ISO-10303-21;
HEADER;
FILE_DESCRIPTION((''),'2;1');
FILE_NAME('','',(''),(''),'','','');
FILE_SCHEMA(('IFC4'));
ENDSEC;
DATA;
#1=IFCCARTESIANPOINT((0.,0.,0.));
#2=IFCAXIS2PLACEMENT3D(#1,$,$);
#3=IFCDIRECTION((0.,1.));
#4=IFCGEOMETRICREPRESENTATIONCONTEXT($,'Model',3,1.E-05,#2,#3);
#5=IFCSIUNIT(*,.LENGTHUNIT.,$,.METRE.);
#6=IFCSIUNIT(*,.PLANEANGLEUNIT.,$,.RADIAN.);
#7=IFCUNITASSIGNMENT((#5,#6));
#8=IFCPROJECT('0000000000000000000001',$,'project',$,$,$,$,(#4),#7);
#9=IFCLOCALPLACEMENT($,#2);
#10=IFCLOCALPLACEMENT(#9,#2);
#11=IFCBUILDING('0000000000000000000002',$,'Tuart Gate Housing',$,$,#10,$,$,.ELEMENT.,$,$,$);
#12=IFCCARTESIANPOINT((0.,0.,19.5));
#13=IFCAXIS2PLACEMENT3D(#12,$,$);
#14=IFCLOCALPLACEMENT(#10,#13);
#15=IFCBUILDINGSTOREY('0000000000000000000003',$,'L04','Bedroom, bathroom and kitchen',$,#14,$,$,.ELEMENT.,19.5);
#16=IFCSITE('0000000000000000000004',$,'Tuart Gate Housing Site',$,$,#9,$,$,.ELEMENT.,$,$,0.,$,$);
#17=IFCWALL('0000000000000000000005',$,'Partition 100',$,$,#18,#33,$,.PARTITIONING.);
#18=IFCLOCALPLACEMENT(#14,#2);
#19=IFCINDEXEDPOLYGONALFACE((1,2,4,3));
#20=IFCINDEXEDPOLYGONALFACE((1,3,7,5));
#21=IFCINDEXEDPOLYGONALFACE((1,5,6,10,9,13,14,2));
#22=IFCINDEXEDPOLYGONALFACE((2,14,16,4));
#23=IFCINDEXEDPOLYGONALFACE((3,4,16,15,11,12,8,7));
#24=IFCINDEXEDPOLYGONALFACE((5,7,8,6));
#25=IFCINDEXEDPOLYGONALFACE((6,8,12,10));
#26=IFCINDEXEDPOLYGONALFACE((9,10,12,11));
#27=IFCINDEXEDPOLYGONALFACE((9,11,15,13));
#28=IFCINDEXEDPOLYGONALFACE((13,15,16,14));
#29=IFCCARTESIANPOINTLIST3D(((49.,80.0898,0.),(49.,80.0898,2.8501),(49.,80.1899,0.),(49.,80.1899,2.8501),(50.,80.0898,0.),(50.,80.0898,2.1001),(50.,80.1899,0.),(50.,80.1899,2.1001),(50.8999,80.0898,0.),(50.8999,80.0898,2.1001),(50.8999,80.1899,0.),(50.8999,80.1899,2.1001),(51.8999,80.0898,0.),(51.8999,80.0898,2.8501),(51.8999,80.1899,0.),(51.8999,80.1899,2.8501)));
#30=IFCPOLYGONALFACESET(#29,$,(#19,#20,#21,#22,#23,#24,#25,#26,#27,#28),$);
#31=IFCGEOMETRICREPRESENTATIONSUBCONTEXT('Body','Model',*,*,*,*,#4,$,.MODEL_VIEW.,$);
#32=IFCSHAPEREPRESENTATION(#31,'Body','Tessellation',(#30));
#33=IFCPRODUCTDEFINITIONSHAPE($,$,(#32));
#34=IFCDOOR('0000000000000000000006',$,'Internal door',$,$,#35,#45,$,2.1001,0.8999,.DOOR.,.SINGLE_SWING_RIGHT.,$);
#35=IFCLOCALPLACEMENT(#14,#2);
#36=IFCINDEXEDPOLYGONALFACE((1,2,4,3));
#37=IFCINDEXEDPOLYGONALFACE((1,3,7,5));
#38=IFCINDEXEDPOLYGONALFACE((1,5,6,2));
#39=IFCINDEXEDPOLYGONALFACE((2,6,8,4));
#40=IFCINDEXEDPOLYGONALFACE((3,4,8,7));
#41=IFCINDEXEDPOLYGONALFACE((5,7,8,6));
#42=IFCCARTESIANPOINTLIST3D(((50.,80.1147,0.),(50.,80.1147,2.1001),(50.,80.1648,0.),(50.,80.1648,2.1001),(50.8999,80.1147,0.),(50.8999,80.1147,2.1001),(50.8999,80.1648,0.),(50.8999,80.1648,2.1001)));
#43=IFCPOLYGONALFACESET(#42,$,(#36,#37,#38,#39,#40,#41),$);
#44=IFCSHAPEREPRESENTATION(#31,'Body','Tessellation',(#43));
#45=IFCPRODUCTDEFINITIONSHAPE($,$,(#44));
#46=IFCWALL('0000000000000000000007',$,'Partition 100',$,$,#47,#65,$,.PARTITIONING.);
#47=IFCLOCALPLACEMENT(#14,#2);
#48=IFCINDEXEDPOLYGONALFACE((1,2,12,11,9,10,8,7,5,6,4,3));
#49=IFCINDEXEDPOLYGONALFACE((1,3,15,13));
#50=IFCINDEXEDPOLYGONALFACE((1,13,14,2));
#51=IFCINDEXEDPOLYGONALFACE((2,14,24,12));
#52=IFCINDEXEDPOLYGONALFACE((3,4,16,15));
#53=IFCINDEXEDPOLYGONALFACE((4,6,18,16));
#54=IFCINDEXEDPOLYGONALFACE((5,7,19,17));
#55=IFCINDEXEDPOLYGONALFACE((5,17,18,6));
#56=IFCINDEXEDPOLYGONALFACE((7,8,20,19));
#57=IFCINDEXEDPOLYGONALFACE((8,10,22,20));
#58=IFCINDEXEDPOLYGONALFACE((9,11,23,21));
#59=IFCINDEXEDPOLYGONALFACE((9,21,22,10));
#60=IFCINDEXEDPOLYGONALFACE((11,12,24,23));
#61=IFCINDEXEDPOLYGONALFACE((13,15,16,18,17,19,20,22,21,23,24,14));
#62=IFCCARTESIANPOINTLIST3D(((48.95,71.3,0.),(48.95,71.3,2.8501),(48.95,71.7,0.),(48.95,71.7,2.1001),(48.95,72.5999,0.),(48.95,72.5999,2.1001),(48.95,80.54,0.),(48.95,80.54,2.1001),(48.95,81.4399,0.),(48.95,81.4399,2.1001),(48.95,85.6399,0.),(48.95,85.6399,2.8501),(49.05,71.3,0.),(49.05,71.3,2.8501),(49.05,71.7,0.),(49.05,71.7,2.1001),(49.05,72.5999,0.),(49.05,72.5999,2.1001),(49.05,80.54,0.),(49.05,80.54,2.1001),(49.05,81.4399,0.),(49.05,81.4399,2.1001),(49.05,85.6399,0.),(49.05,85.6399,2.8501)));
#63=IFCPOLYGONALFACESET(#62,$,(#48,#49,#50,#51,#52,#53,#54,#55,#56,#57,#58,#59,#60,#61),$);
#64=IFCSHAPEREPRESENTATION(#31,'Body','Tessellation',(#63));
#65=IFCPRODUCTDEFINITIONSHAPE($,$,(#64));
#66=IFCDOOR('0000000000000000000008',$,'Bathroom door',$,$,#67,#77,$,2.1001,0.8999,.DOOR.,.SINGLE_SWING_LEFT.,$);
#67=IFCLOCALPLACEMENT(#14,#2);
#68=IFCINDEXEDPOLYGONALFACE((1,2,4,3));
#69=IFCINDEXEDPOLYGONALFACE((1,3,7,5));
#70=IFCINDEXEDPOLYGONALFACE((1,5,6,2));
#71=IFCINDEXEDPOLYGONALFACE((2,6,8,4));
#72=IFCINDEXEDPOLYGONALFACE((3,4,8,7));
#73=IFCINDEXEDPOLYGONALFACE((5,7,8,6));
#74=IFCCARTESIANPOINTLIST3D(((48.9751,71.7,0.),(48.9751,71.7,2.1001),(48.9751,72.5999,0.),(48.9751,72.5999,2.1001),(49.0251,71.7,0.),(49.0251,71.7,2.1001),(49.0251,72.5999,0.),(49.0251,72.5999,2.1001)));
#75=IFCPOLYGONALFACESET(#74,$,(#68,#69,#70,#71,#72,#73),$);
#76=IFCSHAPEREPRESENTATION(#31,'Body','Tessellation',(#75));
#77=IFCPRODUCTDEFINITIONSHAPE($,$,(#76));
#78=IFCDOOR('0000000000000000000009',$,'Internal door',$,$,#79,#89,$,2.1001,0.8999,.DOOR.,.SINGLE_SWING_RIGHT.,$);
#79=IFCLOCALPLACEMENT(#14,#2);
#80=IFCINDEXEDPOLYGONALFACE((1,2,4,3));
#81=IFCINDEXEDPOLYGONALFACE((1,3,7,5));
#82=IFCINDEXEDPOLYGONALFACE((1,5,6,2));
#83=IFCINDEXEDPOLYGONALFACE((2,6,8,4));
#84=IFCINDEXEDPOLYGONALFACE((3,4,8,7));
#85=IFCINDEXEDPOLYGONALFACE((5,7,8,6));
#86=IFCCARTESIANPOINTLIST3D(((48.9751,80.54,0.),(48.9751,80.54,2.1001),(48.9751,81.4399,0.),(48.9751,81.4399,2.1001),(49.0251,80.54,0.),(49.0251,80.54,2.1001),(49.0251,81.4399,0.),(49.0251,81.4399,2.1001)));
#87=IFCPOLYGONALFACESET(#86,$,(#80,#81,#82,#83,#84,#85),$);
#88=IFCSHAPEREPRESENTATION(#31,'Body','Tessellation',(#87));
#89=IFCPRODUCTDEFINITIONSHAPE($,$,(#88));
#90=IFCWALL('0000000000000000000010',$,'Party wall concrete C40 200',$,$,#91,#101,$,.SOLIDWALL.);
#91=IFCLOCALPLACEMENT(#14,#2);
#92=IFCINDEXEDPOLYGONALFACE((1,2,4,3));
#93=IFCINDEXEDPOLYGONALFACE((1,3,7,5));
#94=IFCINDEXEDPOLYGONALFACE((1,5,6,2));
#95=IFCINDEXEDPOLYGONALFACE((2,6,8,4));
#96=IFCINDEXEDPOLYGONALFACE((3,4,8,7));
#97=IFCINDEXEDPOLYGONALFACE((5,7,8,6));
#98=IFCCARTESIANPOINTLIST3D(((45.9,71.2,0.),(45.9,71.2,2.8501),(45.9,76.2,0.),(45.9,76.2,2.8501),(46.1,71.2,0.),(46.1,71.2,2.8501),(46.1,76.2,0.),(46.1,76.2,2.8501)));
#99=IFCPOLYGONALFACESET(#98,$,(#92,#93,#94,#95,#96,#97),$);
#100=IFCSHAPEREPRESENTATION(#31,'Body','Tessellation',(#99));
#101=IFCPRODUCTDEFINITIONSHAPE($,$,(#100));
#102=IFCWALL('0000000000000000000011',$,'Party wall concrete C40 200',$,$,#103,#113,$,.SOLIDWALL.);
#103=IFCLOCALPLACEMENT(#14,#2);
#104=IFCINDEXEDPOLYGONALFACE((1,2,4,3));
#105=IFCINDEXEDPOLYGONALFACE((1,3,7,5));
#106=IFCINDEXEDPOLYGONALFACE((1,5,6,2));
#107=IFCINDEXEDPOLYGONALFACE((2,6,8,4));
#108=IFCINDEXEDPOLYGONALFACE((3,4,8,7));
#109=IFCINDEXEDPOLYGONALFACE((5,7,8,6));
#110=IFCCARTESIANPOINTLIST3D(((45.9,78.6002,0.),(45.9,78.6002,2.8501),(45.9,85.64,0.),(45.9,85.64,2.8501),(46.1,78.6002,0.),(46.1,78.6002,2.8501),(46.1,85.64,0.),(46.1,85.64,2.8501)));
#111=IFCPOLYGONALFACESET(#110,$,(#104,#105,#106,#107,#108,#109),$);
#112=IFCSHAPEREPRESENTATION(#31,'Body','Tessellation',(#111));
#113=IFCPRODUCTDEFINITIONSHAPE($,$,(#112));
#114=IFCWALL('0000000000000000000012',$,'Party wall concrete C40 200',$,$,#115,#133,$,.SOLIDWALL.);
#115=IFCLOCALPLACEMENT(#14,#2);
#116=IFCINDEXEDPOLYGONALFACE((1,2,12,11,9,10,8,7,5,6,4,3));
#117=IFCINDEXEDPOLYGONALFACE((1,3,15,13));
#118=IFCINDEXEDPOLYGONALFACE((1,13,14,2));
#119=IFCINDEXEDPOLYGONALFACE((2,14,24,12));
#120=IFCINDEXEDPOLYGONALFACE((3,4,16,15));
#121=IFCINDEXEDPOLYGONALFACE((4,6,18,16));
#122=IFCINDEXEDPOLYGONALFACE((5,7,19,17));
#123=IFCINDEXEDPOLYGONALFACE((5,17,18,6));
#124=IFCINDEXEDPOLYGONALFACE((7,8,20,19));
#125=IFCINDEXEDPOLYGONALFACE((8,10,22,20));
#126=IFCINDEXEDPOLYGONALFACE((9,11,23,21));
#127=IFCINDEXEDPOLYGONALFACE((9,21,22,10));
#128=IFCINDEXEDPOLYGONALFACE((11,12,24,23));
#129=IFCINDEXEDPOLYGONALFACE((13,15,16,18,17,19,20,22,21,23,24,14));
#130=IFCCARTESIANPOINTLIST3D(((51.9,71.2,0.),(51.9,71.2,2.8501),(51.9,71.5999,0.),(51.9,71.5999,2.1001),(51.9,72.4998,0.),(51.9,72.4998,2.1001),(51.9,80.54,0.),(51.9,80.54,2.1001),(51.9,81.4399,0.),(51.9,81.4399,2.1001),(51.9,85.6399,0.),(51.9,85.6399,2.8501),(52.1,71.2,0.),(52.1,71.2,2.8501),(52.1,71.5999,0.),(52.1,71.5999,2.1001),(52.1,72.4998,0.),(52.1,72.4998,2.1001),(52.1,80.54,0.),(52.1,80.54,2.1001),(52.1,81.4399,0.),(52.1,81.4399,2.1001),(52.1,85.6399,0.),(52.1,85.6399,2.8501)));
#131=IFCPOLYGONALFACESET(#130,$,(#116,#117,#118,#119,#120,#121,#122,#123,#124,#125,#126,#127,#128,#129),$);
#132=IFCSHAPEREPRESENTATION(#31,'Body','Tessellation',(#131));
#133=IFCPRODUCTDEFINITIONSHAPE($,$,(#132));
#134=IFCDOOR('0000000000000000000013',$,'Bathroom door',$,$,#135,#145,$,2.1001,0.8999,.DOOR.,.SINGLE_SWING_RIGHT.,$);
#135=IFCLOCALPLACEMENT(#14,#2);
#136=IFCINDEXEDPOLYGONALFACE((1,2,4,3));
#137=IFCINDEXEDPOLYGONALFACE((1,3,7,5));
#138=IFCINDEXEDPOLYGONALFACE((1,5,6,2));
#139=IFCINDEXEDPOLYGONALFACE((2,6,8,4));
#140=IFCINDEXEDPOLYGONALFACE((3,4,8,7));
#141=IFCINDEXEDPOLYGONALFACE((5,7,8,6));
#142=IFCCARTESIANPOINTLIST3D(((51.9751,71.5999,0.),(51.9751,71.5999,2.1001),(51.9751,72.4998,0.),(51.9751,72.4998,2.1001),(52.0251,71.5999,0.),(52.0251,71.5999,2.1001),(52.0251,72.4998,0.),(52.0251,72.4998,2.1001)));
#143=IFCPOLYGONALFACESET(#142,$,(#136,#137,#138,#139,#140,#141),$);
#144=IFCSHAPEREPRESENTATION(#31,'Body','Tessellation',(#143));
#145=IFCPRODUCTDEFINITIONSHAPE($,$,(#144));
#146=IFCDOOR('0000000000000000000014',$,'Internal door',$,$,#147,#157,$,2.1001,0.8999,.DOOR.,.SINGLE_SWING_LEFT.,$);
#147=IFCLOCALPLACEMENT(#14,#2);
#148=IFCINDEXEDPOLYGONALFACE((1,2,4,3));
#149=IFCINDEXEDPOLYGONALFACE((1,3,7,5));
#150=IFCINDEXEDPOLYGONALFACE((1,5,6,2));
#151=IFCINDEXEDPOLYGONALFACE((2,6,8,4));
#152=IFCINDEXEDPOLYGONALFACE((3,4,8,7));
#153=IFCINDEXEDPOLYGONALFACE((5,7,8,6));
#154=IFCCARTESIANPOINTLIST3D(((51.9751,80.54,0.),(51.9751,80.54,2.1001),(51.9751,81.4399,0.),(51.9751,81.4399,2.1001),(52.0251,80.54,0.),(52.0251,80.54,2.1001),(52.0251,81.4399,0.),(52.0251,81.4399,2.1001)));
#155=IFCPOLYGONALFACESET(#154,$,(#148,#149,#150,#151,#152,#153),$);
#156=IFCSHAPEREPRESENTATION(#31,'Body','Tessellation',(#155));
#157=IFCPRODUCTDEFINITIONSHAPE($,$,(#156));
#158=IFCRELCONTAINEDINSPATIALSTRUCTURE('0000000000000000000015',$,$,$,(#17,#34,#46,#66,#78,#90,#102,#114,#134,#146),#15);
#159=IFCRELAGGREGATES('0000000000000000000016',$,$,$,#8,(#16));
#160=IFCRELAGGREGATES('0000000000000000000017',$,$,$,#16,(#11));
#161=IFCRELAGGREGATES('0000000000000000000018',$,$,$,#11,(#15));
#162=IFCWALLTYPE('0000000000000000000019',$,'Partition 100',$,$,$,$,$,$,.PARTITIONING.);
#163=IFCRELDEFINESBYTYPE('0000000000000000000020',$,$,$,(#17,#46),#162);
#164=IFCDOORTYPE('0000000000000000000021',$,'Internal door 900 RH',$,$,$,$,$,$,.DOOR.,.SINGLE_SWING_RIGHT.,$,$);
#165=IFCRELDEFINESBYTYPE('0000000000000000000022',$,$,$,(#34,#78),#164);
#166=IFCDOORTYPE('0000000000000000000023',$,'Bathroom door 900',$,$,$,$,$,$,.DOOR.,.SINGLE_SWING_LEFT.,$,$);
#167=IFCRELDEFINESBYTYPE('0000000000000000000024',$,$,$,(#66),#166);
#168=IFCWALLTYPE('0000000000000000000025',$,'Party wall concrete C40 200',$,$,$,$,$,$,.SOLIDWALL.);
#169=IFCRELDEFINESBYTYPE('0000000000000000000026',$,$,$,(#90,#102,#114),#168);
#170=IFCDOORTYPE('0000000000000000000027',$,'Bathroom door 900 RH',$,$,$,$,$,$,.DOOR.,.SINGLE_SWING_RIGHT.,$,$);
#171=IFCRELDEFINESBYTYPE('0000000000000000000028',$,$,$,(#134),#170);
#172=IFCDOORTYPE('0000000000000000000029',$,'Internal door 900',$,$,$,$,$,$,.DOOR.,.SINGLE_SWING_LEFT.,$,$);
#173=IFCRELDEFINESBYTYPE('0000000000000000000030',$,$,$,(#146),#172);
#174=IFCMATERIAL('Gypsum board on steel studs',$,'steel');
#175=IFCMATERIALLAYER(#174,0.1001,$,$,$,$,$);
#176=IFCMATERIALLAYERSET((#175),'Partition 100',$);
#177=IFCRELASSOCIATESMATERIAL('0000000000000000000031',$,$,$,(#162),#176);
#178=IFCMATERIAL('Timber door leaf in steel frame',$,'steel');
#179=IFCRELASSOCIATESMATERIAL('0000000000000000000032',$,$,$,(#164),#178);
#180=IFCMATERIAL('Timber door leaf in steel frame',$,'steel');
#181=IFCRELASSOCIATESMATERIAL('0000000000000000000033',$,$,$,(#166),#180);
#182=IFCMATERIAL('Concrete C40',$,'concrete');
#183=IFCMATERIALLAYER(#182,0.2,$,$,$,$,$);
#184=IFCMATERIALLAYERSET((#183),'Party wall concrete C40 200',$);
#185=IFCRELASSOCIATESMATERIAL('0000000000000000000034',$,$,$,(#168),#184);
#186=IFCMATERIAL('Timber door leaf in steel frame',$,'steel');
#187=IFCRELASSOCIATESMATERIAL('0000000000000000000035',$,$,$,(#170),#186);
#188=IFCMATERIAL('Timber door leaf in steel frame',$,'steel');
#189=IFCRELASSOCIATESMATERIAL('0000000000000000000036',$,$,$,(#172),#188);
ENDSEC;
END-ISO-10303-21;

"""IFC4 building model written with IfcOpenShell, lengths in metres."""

from ifc_helpers import new_model, si_unit, direction, frame, frame_2d, origin, place, context, subcontext, project, spatial, rectangle, extrude, material, layer, layer_set, type_object, element, fill, save


model = new_model("IFC4")

# Units and contexts
model_context = context("Model", 3, precision=1e-05, world=origin(), true_north=direction((0.0, 1.0)))
body_context = subcontext(model_context, "Body", "Model", "MODEL_VIEW")
ifc_project = project(units=[si_unit("LENGTHUNIT", "METRE"), si_unit("PLANEANGLEUNIT", "RADIAN")], contexts=[model_context])

# Site, building, storey
site_placement = place(None, origin())
site = spatial("IfcSite", under=ifc_project, at=site_placement, Name="Tuart Gate Housing Site", CompositionType="ELEMENT", RefElevation=0.0)
building_placement = place(site_placement, origin())
building = spatial("IfcBuilding", under=site, at=building_placement, Name="Tuart Gate Housing", CompositionType="ELEMENT")
storey_placement = place(building_placement, frame((0.0, 0.0, 19.5)))
storey = spatial("IfcBuildingStorey", under=building, at=storey_placement, Name="L04", Description="Bedroom, bathroom and kitchen", CompositionType="ELEMENT", Elevation=19.5)

# Shared definitions
ifc_material_1 = material(Name="Gypsum board on steel studs", Category="steel")
ifc_layer_1 = layer(ifc_material_1, 0.1001)
ifc_layer_set_1 = layer_set([ifc_layer_1], Name="Partition 100")
wall_type_1 = type_object("IfcWallType", Name="Partition 100", PredefinedType="PARTITIONING", material=ifc_layer_set_1)

# Wall, opening, door
wall_1_placement = place(storey_placement, frame((49.0, 80.1399, 0.0), z_axis=(0.0, 0.0, 1.0), x_axis=(1.0, 0.0, 0.0)))
wall_1 = element("IfcWall", 1, at=wall_1_placement, inside=storey, type_object=wall_type_1, Name="Partition 100", PredefinedType="PARTITIONING", context=body_context, shape_type="SweptSolid", body=[
    extrude(rectangle(XDim=2.8999, YDim=0.1001, at=frame_2d((1.45, 0.0))), origin(), (0.0, 0.0, 1.0), 2.8501),
])
opening_1_placement = place(wall_1_placement, frame((1.0, 0.0, 0.0)))
opening_1 = element("IfcOpeningElement", 2, at=opening_1_placement, cuts=wall_1, PredefinedType="OPENING", context=body_context, shape_type="SweptSolid", body=[
    extrude(rectangle(XDim=0.8999, YDim=2.1001, at=frame_2d((0.45, 1.05))), frame((0.0, 0.0601, 0.0), z_axis=(0.0, -1.0, 0.0), x_axis=(1.0, 0.0, 0.0)), (0.0, 0.0, 1.0), 0.1201),
])
ifc_material_2 = material(Name="Timber door leaf in steel frame", Category="steel")
door_type_1 = type_object("IfcDoorType", Name="Internal door 900 RH", OperationType="SINGLE_SWING_RIGHT", PredefinedType="DOOR", material=ifc_material_2)
door_1_placement = place(opening_1_placement, frame((0.8999, 0.0, 0.0), z_axis=(0.0, 0.0, 1.0), x_axis=(-1.0, 0.0, 0.0)))
door_1 = element("IfcDoor", 3, at=door_1_placement, inside=storey, type_object=door_type_1, Name="Internal door", OperationType="SINGLE_SWING_RIGHT", OverallHeight=2.1001, OverallWidth=0.8999, PredefinedType="DOOR", context=body_context, shape_type="SweptSolid", body=[
    extrude(rectangle(XDim=0.8999, YDim=2.1001, at=frame_2d((0.45, 1.05))), frame((0.0, 0.0251, 0.0), z_axis=(0.0, -1.0, 0.0), x_axis=(1.0, 0.0, 0.0)), (0.0, 0.0, 1.0), 0.05),
])
fill(opening_1, door_1)

# Wall, openings, doors
wall_2_placement = place(storey_placement, frame((49.0, 71.3, 0.0), z_axis=(0.0, 0.0, 1.0), x_axis=(0.0, 1.0, 0.0)))
wall_2 = element("IfcWall", 4, at=wall_2_placement, inside=storey, type_object=wall_type_1, Name="Partition 100", PredefinedType="PARTITIONING", context=body_context, shape_type="SweptSolid", body=[
    extrude(rectangle(XDim=14.3398, YDim=0.1001, at=frame_2d((7.1699, 0.0))), origin(), (0.0, 0.0, 1.0), 2.8501),
])
opening_2_placement = place(wall_2_placement, frame((9.24, 0.0, 0.0)))
opening_2 = element("IfcOpeningElement", 5, at=opening_2_placement, cuts=wall_2, PredefinedType="OPENING", context=body_context, shape_type="SweptSolid", body=[
    extrude(rectangle(XDim=0.8999, YDim=2.1001, at=frame_2d((0.45, 1.05))), frame((0.0, 0.0601, 0.0), z_axis=(0.0, -1.0, 0.0), x_axis=(1.0, 0.0, 0.0)), (0.0, 0.0, 1.0), 0.1201),
])
opening_3_placement = place(wall_2_placement, frame((0.3999, 0.0, 0.0)))
opening_3 = element("IfcOpeningElement", 6, at=opening_3_placement, cuts=wall_2, PredefinedType="OPENING", context=body_context, shape_type="SweptSolid", body=[
    extrude(rectangle(XDim=0.8999, YDim=2.1001, at=frame_2d((0.45, 1.05))), frame((0.0, 0.0601, 0.0), z_axis=(0.0, -1.0, 0.0), x_axis=(1.0, 0.0, 0.0)), (0.0, 0.0, 1.0), 0.1201),
])
ifc_material_3 = material(Name="Timber door leaf in steel frame", Category="steel")
door_type_2 = type_object("IfcDoorType", Name="Bathroom door 900", OperationType="SINGLE_SWING_LEFT", PredefinedType="DOOR", material=ifc_material_3)
door_2_placement = place(opening_3_placement, origin())
door_2 = element("IfcDoor", 7, at=door_2_placement, inside=storey, type_object=door_type_2, Name="Bathroom door", OperationType="SINGLE_SWING_LEFT", OverallHeight=2.1001, OverallWidth=0.8999, PredefinedType="DOOR", context=body_context, shape_type="SweptSolid", body=[
    extrude(rectangle(XDim=0.8999, YDim=2.1001, at=frame_2d((0.45, 1.05))), frame((0.0, 0.0249, 0.0), z_axis=(0.0, -1.0, 0.0), x_axis=(1.0, 0.0, 0.0)), (0.0, 0.0, 1.0), 0.05),
])
fill(opening_3, door_2)
door_3_placement = place(opening_2_placement, origin())
door_3 = element("IfcDoor", 8, at=door_3_placement, inside=storey, type_object=door_type_1, Name="Internal door", OperationType="SINGLE_SWING_RIGHT", OverallHeight=2.1001, OverallWidth=0.8999, PredefinedType="DOOR", context=body_context, shape_type="SweptSolid", body=[
    extrude(rectangle(XDim=0.8999, YDim=2.1001, at=frame_2d((0.45, 1.05))), frame((0.0, 0.0249, 0.0), z_axis=(0.0, -1.0, 0.0), x_axis=(1.0, 0.0, 0.0)), (0.0, 0.0, 1.0), 0.05),
])
fill(opening_2, door_3)

# Walls
ifc_material_4 = material(Name="Concrete C40", Category="concrete")
ifc_layer_2 = layer(ifc_material_4, 0.2)
ifc_layer_set_2 = layer_set([ifc_layer_2], Name="Party wall concrete C40 200")
wall_type_2 = type_object("IfcWallType", Name="Party wall concrete C40 200", PredefinedType="SOLIDWALL", material=ifc_layer_set_2)
wall_3_placement = place(storey_placement, frame((46.0, 71.2, 0.0), z_axis=(0.0, 0.0, 1.0), x_axis=(0.0, 1.0, 0.0)))
element("IfcWall", 9, at=wall_3_placement, inside=storey, type_object=wall_type_2, Name="Party wall concrete C40 200", PredefinedType="SOLIDWALL", context=body_context, shape_type="SweptSolid", body=[
    extrude(rectangle(XDim=5.0, YDim=0.2, at=frame_2d((2.5, 0.0))), origin(), (0.0, 0.0, 1.0), 2.8501),
])
wall_4_placement = place(storey_placement, frame((46.0, 78.6001, 0.0), z_axis=(0.0, 0.0, 1.0), x_axis=(0.0, 1.0, 0.0)))
element("IfcWall", 10, at=wall_4_placement, inside=storey, type_object=wall_type_2, Name="Party wall concrete C40 200", PredefinedType="SOLIDWALL", context=body_context, shape_type="SweptSolid", body=[
    extrude(rectangle(XDim=7.0398, YDim=0.2, at=frame_2d((3.52, 0.0))), origin(), (0.0, 0.0, 1.0), 2.8501),
])

# Wall, openings, doors
wall_5_placement = place(storey_placement, frame((52.0, 71.2, 0.0), z_axis=(0.0, 0.0, 1.0), x_axis=(0.0, 1.0, 0.0)))
wall_5 = element("IfcWall", 11, at=wall_5_placement, inside=storey, type_object=wall_type_2, Name="Party wall concrete C40 200", PredefinedType="SOLIDWALL", context=body_context, shape_type="SweptSolid", body=[
    extrude(rectangle(XDim=14.4399, YDim=0.2, at=frame_2d((7.22, 0.0))), origin(), (0.0, 0.0, 1.0), 2.8501),
])
opening_4_placement = place(wall_5_placement, frame((9.3401, 0.0, 0.0)))
opening_4 = element("IfcOpeningElement", 12, at=opening_4_placement, cuts=wall_5, PredefinedType="OPENING", context=body_context, shape_type="SweptSolid", body=[
    extrude(rectangle(XDim=0.8999, YDim=2.1001, at=frame_2d((0.45, 1.05))), frame((0.0, 0.1099, 0.0), z_axis=(0.0, -1.0, 0.0), x_axis=(1.0, 0.0, 0.0)), (0.0, 0.0, 1.0), 0.22),
])
opening_5_placement = place(wall_5_placement, frame((0.3999, 0.0, 0.0)))
opening_5 = element("IfcOpeningElement", 13, at=opening_5_placement, cuts=wall_5, PredefinedType="OPENING", context=body_context, shape_type="SweptSolid", body=[
    extrude(rectangle(XDim=0.8999, YDim=2.1001, at=frame_2d((0.45, 1.05))), frame((0.0, 0.1099, 0.0), z_axis=(0.0, -1.0, 0.0), x_axis=(1.0, 0.0, 0.0)), (0.0, 0.0, 1.0), 0.22),
])
ifc_material_5 = material(Name="Timber door leaf in steel frame", Category="steel")
door_type_3 = type_object("IfcDoorType", Name="Bathroom door 900 RH", OperationType="SINGLE_SWING_RIGHT", PredefinedType="DOOR", material=ifc_material_5)
door_4_placement = place(opening_5_placement, frame((0.8999, 0.0, 0.0), z_axis=(0.0, 0.0, 1.0), x_axis=(-1.0, 0.0, 0.0)))
door_4 = element("IfcDoor", 14, at=door_4_placement, inside=storey, type_object=door_type_3, Name="Bathroom door", OperationType="SINGLE_SWING_RIGHT", OverallHeight=2.1001, OverallWidth=0.8999, PredefinedType="DOOR", context=body_context, shape_type="SweptSolid", body=[
    extrude(rectangle(XDim=0.8999, YDim=2.1001, at=frame_2d((0.45, 1.05))), frame((0.0, 0.0251, 0.0), z_axis=(0.0, -1.0, 0.0), x_axis=(1.0, 0.0, 0.0)), (0.0, 0.0, 1.0), 0.05),
])
fill(opening_5, door_4)
ifc_material_6 = material(Name="Timber door leaf in steel frame", Category="steel")
door_type_4 = type_object("IfcDoorType", Name="Internal door 900", OperationType="SINGLE_SWING_LEFT", PredefinedType="DOOR", material=ifc_material_6)
door_5_placement = place(opening_4_placement, frame((0.8999, 0.0, 0.0), z_axis=(0.0, 0.0, 1.0), x_axis=(-1.0, 0.0, 0.0)))
door_5 = element("IfcDoor", 15, at=door_5_placement, inside=storey, type_object=door_type_4, Name="Internal door", OperationType="SINGLE_SWING_LEFT", OverallHeight=2.1001, OverallWidth=0.8999, PredefinedType="DOOR", context=body_context, shape_type="SweptSolid", body=[
    extrude(rectangle(XDim=0.8999, YDim=2.1001, at=frame_2d((0.45, 1.05))), frame((0.0, 0.0251, 0.0), z_axis=(0.0, -1.0, 0.0), x_axis=(1.0, 0.0, 0.0)), (0.0, 0.0, 1.0), 0.05),
])
fill(opening_4, door_5)

save(model, "model.ifc")
